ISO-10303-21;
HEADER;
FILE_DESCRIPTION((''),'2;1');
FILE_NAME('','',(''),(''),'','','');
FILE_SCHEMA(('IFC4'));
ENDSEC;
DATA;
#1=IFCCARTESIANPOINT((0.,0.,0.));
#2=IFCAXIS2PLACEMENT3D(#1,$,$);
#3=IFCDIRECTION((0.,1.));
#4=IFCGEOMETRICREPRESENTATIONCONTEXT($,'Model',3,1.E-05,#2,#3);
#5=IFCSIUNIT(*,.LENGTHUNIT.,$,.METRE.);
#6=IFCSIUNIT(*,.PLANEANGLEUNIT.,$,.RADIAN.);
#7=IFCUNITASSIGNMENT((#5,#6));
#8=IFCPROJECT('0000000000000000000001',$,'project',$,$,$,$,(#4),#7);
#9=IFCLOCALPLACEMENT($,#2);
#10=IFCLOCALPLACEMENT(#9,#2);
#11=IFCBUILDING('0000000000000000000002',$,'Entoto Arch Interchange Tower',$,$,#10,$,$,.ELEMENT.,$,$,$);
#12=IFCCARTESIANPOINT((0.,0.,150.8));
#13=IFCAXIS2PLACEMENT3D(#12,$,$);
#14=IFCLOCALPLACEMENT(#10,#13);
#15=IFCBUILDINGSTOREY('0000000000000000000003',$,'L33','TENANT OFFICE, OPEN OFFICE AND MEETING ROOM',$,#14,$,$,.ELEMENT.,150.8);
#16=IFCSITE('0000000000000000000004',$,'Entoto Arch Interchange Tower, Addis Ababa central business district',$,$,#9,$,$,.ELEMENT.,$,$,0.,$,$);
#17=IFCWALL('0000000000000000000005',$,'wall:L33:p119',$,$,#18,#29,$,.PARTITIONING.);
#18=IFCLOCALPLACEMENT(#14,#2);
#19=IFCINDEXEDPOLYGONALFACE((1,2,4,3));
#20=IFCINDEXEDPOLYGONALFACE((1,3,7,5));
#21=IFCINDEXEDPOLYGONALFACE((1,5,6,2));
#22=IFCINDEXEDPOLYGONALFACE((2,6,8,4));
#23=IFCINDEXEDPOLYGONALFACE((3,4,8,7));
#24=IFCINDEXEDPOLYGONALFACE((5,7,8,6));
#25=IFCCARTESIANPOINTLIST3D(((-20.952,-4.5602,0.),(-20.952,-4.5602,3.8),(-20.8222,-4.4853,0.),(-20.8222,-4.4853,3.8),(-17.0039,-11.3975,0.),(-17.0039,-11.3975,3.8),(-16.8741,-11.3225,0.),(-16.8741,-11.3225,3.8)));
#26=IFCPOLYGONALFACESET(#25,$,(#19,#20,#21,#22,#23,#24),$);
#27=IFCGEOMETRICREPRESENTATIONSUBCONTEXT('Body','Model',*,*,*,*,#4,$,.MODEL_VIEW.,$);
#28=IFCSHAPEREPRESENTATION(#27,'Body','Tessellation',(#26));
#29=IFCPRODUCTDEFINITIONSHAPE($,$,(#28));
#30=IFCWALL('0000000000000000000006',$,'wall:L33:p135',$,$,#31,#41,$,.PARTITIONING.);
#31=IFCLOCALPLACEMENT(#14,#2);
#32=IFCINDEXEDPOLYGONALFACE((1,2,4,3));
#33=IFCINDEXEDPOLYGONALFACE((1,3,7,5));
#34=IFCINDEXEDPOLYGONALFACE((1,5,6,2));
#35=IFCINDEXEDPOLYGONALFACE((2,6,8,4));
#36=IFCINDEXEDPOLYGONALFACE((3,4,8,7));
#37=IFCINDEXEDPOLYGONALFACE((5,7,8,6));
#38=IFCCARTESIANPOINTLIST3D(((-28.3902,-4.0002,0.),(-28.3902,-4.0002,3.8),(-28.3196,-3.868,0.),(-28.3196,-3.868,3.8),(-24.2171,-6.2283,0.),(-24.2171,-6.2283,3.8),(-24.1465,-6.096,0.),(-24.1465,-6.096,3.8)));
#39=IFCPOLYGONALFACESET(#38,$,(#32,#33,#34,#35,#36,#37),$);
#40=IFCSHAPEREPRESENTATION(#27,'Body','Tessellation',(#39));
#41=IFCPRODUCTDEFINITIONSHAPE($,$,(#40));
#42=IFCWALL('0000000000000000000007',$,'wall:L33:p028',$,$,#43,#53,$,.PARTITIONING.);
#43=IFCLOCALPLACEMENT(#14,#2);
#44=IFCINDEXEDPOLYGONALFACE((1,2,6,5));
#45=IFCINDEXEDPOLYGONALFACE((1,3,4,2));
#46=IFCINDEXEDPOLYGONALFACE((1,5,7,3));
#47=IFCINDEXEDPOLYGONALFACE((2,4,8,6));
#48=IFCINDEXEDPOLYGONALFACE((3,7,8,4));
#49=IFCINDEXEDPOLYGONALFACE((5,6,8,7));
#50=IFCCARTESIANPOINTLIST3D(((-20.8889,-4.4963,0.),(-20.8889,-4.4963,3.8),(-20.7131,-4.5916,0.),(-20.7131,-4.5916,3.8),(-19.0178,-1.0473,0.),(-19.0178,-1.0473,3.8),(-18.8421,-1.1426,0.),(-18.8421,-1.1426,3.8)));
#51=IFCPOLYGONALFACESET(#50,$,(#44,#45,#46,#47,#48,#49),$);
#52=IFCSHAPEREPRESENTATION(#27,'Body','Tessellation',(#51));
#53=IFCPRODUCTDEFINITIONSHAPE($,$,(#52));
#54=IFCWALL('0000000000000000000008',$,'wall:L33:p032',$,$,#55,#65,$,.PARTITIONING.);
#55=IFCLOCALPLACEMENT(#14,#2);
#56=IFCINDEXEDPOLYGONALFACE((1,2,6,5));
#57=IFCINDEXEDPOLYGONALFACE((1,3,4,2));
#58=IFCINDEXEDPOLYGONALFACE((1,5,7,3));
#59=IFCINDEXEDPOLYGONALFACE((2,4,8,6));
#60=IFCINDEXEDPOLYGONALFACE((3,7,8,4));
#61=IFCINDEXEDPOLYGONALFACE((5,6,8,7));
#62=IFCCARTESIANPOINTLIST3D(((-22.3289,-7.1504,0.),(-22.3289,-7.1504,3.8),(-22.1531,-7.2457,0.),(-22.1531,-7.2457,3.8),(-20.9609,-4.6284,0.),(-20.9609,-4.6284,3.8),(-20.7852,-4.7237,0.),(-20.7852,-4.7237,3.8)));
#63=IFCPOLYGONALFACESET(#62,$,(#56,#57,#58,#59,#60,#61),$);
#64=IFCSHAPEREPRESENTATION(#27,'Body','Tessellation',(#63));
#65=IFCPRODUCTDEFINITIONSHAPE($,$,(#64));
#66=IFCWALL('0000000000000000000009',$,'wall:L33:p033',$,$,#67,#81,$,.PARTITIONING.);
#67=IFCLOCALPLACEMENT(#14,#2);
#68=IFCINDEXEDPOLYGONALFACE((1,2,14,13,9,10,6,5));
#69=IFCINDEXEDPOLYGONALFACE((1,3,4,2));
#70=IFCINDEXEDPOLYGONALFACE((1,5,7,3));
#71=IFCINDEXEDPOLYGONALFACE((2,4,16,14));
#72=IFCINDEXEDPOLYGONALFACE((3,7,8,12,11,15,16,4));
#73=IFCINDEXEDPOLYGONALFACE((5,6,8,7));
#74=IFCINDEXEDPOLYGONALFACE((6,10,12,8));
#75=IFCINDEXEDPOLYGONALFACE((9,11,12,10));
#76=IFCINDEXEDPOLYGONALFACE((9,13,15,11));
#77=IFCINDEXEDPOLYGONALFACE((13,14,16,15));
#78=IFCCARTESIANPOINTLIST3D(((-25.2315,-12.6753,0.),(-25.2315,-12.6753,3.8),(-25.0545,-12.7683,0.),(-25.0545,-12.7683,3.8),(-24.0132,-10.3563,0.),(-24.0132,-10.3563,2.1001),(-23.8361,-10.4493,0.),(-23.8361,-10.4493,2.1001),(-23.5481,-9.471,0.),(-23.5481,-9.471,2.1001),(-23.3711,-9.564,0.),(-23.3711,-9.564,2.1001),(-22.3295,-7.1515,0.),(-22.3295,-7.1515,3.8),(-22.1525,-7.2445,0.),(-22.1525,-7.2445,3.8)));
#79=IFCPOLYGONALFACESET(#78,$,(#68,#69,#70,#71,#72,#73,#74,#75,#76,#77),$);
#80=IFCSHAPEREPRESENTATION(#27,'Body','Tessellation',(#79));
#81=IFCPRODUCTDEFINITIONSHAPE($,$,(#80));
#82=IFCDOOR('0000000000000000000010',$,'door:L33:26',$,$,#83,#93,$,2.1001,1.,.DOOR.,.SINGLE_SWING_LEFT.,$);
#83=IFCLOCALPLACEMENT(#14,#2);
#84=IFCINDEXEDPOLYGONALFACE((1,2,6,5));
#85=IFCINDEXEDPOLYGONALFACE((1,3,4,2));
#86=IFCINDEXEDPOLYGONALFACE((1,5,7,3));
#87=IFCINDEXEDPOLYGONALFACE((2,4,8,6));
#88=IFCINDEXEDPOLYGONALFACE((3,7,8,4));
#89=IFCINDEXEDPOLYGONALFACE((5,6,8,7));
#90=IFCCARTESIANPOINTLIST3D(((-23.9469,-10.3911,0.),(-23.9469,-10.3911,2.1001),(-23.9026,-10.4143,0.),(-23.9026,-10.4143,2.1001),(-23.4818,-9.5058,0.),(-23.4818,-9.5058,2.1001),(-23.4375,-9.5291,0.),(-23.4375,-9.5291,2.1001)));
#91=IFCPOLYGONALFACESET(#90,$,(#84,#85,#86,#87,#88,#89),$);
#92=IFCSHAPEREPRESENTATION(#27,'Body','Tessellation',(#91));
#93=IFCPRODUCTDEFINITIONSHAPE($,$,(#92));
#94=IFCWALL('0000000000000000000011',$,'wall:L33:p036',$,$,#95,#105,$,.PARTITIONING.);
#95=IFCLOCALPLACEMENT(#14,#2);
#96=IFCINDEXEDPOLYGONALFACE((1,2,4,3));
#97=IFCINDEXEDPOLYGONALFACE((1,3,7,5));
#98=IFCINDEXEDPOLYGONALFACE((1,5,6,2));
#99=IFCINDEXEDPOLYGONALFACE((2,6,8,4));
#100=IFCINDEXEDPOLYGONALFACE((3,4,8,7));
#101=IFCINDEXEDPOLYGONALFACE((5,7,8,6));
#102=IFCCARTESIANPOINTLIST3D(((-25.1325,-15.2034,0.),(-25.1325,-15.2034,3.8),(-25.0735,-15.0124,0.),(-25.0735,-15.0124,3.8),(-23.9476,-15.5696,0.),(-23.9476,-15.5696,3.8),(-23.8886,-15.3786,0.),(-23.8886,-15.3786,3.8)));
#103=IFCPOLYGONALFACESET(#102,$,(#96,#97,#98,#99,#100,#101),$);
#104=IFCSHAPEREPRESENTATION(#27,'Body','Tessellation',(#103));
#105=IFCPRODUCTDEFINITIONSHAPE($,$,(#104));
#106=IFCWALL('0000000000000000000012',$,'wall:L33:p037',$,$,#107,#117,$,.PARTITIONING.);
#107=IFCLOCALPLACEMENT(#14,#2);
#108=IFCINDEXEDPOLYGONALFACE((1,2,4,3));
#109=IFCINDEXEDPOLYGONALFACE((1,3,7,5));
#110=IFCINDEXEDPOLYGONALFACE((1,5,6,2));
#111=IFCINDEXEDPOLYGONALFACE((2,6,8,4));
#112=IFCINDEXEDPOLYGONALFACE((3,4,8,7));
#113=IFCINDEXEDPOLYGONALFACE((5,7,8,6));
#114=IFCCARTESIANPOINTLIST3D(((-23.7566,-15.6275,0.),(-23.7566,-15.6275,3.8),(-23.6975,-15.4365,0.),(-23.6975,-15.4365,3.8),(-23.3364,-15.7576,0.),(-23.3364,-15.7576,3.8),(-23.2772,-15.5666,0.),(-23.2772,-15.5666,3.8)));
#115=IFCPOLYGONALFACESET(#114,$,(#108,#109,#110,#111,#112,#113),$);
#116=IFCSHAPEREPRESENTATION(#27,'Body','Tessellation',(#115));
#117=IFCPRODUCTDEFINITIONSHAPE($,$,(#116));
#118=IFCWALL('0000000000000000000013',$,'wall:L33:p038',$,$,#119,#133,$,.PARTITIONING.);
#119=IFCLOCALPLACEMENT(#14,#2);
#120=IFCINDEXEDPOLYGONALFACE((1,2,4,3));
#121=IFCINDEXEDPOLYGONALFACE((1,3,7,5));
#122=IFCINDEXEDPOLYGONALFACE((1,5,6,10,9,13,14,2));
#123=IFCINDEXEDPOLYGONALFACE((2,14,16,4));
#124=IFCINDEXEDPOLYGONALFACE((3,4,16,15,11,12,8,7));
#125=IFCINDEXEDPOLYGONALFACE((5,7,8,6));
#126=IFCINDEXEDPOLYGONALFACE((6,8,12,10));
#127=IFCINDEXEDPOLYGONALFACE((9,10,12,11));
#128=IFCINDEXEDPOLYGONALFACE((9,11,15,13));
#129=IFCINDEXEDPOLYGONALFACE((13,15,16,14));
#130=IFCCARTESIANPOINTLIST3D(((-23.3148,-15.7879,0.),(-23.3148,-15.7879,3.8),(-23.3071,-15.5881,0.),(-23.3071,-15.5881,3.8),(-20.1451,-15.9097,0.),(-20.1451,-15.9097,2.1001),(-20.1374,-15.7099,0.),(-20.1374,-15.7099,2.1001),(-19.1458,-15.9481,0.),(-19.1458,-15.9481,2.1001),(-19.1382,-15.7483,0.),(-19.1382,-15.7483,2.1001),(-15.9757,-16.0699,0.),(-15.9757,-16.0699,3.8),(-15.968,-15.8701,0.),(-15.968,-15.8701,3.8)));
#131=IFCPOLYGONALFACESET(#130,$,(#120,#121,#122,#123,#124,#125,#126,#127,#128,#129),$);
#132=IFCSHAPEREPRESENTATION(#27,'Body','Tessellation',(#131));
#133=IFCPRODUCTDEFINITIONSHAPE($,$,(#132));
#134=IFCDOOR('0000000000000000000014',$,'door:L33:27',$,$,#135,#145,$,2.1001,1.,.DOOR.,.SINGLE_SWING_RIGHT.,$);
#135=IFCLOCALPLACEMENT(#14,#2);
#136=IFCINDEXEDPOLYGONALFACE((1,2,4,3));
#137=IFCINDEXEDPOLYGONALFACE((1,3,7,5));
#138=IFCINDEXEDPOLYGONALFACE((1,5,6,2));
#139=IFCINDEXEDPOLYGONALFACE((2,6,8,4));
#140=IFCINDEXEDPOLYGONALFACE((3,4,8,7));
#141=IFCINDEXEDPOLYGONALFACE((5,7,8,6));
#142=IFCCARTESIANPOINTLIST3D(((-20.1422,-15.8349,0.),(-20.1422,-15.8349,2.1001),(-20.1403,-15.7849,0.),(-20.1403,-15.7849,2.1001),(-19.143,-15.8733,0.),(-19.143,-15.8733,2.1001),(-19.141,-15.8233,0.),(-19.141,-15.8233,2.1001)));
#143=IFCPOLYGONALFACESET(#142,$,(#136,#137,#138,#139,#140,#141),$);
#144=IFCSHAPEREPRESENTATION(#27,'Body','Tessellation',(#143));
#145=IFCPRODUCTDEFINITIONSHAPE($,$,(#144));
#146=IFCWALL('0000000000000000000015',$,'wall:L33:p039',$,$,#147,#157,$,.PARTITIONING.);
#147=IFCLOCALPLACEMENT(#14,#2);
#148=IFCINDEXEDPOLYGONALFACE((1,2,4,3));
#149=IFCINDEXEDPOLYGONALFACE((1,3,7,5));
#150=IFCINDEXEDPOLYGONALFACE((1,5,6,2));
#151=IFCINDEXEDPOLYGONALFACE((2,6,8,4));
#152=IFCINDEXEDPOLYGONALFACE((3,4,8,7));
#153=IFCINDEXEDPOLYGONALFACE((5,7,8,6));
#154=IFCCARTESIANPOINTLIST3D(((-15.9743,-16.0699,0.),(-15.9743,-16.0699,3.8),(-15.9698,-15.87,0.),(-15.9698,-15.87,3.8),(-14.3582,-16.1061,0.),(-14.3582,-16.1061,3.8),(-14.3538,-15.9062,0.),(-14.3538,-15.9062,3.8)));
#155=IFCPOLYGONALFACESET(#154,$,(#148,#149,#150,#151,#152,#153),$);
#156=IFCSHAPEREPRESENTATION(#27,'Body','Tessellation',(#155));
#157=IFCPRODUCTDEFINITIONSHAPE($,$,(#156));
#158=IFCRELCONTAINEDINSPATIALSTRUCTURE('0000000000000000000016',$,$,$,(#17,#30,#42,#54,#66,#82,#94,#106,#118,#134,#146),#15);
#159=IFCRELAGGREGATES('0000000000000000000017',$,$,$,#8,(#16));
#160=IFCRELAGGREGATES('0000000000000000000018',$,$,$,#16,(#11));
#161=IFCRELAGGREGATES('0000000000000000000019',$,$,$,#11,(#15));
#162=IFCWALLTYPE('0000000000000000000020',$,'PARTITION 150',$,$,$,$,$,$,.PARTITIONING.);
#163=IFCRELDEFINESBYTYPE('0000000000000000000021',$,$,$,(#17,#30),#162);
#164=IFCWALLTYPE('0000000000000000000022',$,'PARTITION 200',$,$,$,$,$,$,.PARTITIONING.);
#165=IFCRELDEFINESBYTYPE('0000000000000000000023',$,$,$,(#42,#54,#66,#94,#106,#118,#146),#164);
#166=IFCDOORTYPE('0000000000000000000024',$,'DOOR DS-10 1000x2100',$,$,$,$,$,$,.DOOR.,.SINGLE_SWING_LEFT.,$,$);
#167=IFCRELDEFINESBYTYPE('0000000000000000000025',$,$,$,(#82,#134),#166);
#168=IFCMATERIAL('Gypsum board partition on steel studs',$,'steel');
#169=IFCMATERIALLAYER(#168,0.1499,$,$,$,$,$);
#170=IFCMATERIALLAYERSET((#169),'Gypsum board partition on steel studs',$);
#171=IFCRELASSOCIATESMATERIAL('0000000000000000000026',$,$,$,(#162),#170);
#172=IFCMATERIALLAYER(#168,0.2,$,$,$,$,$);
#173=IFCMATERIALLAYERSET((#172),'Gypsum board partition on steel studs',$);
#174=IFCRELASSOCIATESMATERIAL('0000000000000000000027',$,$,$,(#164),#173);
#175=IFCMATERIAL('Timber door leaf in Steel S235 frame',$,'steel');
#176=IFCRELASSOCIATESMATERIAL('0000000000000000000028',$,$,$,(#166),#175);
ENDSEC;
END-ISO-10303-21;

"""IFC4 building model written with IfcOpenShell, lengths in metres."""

from ifc_helpers import new_model, si_unit, direction, frame, frame_2d, origin, place, context, subcontext, project, spatial, rectangle, extrude, material, layer, layer_set, type_object, element, fill, save


model = new_model("IFC4")

# Units and contexts
model_context = context("Model", 3, precision=1e-05, world=origin(), true_north=direction((0.0, 1.0)))
body_context = subcontext(model_context, "Body", "Model", "MODEL_VIEW")
ifc_project = project(units=[si_unit("LENGTHUNIT", "METRE"), si_unit("PLANEANGLEUNIT", "RADIAN")], contexts=[model_context])

# Site, building, storey
site_placement = place(None, origin())
site = spatial("IfcSite", under=ifc_project, at=site_placement, Name="Entoto Arch Interchange Tower, Addis Ababa central business district", CompositionType="ELEMENT", RefElevation=0.0)
building_placement = place(site_placement, origin())
building = spatial("IfcBuilding", under=site, at=building_placement, Name="Entoto Arch Interchange Tower", CompositionType="ELEMENT")
storey_placement = place(building_placement, frame((0.0, 0.0, 150.8)))
storey = spatial("IfcBuildingStorey", under=building, at=storey_placement, Name="L33", Description="TENANT OFFICE, OPEN OFFICE AND MEETING ROOM", CompositionType="ELEMENT", Elevation=150.8)

# Walls
ifc_material_1 = material(Name="Gypsum board partition on steel studs", Category="steel")
ifc_layer_1 = layer(ifc_material_1, 0.1499)
ifc_layer_set_1 = layer_set([ifc_layer_1], Name="Gypsum board partition on steel studs")
wall_type_1 = type_object("IfcWallType", Name="PARTITION 150", PredefinedType="PARTITIONING", material=ifc_layer_set_1)
wall_1_placement = place(storey_placement, frame((-16.939, -11.3601, 0.0), z_axis=(0.0, 0.0, 1.0), x_axis=(-0.500053, 0.865995, 0.0)))
element("IfcWall", 1, at=wall_1_placement, inside=storey, type_object=wall_type_1, Name="wall:L33:p119", PredefinedType="PARTITIONING", context=body_context, shape_type="SweptSolid", body=[
    extrude(rectangle(XDim=7.8953, YDim=0.1499, at=frame_2d((3.9478, 0.0))), origin(), (0.0, 0.0, 1.0), 3.8),
])
wall_2_placement = place(storey_placement, frame((-24.1819, -6.1621, 0.0), z_axis=(0.0, 0.0, 1.0), x_axis=(-0.882144, 0.470979, 0.0)))
element("IfcWall", 2, at=wall_2_placement, inside=storey, type_object=wall_type_1, Name="wall:L33:p135", PredefinedType="PARTITIONING", context=body_context, shape_type="SweptSolid", body=[
    extrude(rectangle(XDim=4.7307, YDim=0.1499, at=frame_2d((2.3652, 0.0))), origin(), (0.0, 0.0, 1.0), 3.8),
])
ifc_layer_2 = layer(ifc_material_1, 0.2)
ifc_layer_set_2 = layer_set([ifc_layer_2], Name="Gypsum board partition on steel studs")
wall_type_2 = type_object("IfcWallType", Name="PARTITION 200", PredefinedType="PARTITIONING", material=ifc_layer_set_2)
wall_3_placement = place(storey_placement, frame((-18.9299, -1.095, 0.0), z_axis=(0.0, 0.0, 1.0), x_axis=(-0.476854, -0.878982, 0.0)))
element("IfcWall", 3, at=wall_3_placement, inside=storey, type_object=wall_type_2, Name="wall:L33:p028", PredefinedType="PARTITIONING", context=body_context, shape_type="SweptSolid", body=[
    extrude(rectangle(XDim=3.9238, YDim=0.2, at=frame_2d((1.9619, 0.0))), origin(), (0.0, 0.0, 1.0), 3.8),
])
wall_4_placement = place(storey_placement, frame((-20.873, -4.676, 0.0), z_axis=(0.0, 0.0, 1.0), x_axis=(-0.476782, -0.879022, 0.0)))
element("IfcWall", 4, at=wall_4_placement, inside=storey, type_object=wall_type_2, Name="wall:L33:p032", PredefinedType="PARTITIONING", context=body_context, shape_type="SweptSolid", body=[
    extrude(rectangle(XDim=2.8691, YDim=0.2, at=frame_2d((1.4346, 0.0))), origin(), (0.0, 0.0, 1.0), 3.8),
])

# Wall, opening, door
wall_5_placement = place(storey_placement, frame((-22.241, -7.198, 0.0), z_axis=(0.0, 0.0, 1.0), x_axis=(-0.46509, -0.885263, 0.0)))
wall_5 = element("IfcWall", 5, at=wall_5_placement, inside=storey, type_object=wall_type_2, Name="wall:L33:p033", PredefinedType="PARTITIONING", context=body_context, shape_type="SweptSolid", body=[
    extrude(rectangle(XDim=6.2397, YDim=0.2, at=frame_2d((3.1199, 0.0))), origin(), (0.0, 0.0, 1.0), 3.8),
])
opening_1_placement = place(wall_5_placement, frame((2.6201, 0.0, 0.0)))
opening_1 = element("IfcOpeningElement", 6, at=opening_1_placement, cuts=wall_5, PredefinedType="OPENING", context=body_context, shape_type="SweptSolid", body=[
    extrude(rectangle(XDim=1.0, YDim=2.1001, at=frame_2d((0.5, 1.05))), frame((0.0, 0.1099, 0.0), z_axis=(0.0, -1.0, 0.0), x_axis=(1.0, 0.0, 0.0)), (0.0, 0.0, 1.0), 0.22),
])
ifc_material_2 = material(Name="Timber door leaf in Steel S235 frame", Category="steel")
door_type = type_object("IfcDoorType", Name="DOOR DS-10 1000x2100", OperationType="SINGLE_SWING_LEFT", PredefinedType="DOOR", material=ifc_material_2)
door_1_placement = place(opening_1_placement, origin())
door_1 = element("IfcDoor", 7, at=door_1_placement, inside=storey, type_object=door_type, Name="door:L33:26", OperationType="SINGLE_SWING_LEFT", OverallHeight=2.1001, OverallWidth=1.0, PredefinedType="DOOR", context=body_context, shape_type="SweptSolid", body=[
    extrude(rectangle(XDim=1.0, YDim=2.1001, at=frame_2d((0.5, 1.05))), frame((0.0, 0.0249, 0.0), z_axis=(0.0, -1.0, 0.0), x_axis=(1.0, 0.0, 0.0)), (0.0, 0.0, 1.0), 0.05),
])
fill(opening_1, door_1)

# Walls
wall_6_placement = place(storey_placement, frame((-25.103, -15.1079, 0.0), z_axis=(0.0, 0.0, 1.0), x_axis=(0.955421, -0.295247, 0.0)))
element("IfcWall", 8, at=wall_6_placement, inside=storey, type_object=wall_type_2, Name="wall:L33:p036", PredefinedType="PARTITIONING", context=body_context, shape_type="SweptSolid", body=[
    extrude(rectangle(XDim=1.2402, YDim=0.2, at=frame_2d((0.6201, 0.0))), origin(), (0.0, 0.0, 1.0), 3.8),
])
wall_7_placement = place(storey_placement, frame((-23.7271, -15.532, 0.0), z_axis=(0.0, 0.0, 1.0), x_axis=(0.955237, -0.295841, 0.0)))
element("IfcWall", 9, at=wall_7_placement, inside=storey, type_object=wall_type_2, Name="wall:L33:p037", PredefinedType="PARTITIONING", context=body_context, shape_type="SweptSolid", body=[
    extrude(rectangle(XDim=0.4399, YDim=0.2, at=frame_2d((0.22, 0.0))), origin(), (0.0, 0.0, 1.0), 3.8),
])

# Wall, opening, door
wall_8_placement = place(storey_placement, frame((-23.311, -15.688, 0.0), z_axis=(0.0, 0.0, 1.0), x_axis=(0.999263, -0.038394, 0.0)))
wall_8 = element("IfcWall", 10, at=wall_8_placement, inside=storey, type_object=wall_type_2, Name="wall:L33:p038", PredefinedType="PARTITIONING", context=body_context, shape_type="SweptSolid", body=[
    extrude(rectangle(XDim=7.3445, YDim=0.2, at=frame_2d((3.6724, 0.0))), origin(), (0.0, 0.0, 1.0), 3.8),
])
opening_2_placement = place(wall_8_placement, frame((3.1721, 0.0, 0.0)))
opening_2 = element("IfcOpeningElement", 11, at=opening_2_placement, cuts=wall_8, PredefinedType="OPENING", context=body_context, shape_type="SweptSolid", body=[
    extrude(rectangle(XDim=1.0, YDim=2.1001, at=frame_2d((0.5, 1.05))), frame((0.0, 0.1099, 0.0), z_axis=(0.0, -1.0, 0.0), x_axis=(1.0, 0.0, 0.0)), (0.0, 0.0, 1.0), 0.22),
])
door_2_placement = place(opening_2_placement, origin())
door_2 = element("IfcDoor", 12, at=door_2_placement, inside=storey, type_object=door_type, Name="door:L33:27", OperationType="SINGLE_SWING_RIGHT", OverallHeight=2.1001, OverallWidth=1.0, PredefinedType="DOOR", context=body_context, shape_type="SweptSolid", body=[
    extrude(rectangle(XDim=1.0, YDim=2.1001, at=frame_2d((0.5, 1.05))), frame((0.0, 0.0249, 0.0), z_axis=(0.0, -1.0, 0.0), x_axis=(1.0, 0.0, 0.0)), (0.0, 0.0, 1.0), 0.05),
])
fill(opening_2, door_2)

# Wall
wall_9_placement = place(storey_placement, frame((-15.9719, -15.97, 0.0), z_axis=(0.0, 0.0, 1.0), x_axis=(0.99975, -0.022354, 0.0)))
element("IfcWall", 13, at=wall_9_placement, inside=storey, type_object=wall_type_2, Name="wall:L33:p039", PredefinedType="PARTITIONING", context=body_context, shape_type="SweptSolid", body=[
    extrude(rectangle(XDim=1.6165, YDim=0.2, at=frame_2d((0.8081, 0.0))), origin(), (0.0, 0.0, 1.0), 3.8),
])

save(model, "model.ifc")
